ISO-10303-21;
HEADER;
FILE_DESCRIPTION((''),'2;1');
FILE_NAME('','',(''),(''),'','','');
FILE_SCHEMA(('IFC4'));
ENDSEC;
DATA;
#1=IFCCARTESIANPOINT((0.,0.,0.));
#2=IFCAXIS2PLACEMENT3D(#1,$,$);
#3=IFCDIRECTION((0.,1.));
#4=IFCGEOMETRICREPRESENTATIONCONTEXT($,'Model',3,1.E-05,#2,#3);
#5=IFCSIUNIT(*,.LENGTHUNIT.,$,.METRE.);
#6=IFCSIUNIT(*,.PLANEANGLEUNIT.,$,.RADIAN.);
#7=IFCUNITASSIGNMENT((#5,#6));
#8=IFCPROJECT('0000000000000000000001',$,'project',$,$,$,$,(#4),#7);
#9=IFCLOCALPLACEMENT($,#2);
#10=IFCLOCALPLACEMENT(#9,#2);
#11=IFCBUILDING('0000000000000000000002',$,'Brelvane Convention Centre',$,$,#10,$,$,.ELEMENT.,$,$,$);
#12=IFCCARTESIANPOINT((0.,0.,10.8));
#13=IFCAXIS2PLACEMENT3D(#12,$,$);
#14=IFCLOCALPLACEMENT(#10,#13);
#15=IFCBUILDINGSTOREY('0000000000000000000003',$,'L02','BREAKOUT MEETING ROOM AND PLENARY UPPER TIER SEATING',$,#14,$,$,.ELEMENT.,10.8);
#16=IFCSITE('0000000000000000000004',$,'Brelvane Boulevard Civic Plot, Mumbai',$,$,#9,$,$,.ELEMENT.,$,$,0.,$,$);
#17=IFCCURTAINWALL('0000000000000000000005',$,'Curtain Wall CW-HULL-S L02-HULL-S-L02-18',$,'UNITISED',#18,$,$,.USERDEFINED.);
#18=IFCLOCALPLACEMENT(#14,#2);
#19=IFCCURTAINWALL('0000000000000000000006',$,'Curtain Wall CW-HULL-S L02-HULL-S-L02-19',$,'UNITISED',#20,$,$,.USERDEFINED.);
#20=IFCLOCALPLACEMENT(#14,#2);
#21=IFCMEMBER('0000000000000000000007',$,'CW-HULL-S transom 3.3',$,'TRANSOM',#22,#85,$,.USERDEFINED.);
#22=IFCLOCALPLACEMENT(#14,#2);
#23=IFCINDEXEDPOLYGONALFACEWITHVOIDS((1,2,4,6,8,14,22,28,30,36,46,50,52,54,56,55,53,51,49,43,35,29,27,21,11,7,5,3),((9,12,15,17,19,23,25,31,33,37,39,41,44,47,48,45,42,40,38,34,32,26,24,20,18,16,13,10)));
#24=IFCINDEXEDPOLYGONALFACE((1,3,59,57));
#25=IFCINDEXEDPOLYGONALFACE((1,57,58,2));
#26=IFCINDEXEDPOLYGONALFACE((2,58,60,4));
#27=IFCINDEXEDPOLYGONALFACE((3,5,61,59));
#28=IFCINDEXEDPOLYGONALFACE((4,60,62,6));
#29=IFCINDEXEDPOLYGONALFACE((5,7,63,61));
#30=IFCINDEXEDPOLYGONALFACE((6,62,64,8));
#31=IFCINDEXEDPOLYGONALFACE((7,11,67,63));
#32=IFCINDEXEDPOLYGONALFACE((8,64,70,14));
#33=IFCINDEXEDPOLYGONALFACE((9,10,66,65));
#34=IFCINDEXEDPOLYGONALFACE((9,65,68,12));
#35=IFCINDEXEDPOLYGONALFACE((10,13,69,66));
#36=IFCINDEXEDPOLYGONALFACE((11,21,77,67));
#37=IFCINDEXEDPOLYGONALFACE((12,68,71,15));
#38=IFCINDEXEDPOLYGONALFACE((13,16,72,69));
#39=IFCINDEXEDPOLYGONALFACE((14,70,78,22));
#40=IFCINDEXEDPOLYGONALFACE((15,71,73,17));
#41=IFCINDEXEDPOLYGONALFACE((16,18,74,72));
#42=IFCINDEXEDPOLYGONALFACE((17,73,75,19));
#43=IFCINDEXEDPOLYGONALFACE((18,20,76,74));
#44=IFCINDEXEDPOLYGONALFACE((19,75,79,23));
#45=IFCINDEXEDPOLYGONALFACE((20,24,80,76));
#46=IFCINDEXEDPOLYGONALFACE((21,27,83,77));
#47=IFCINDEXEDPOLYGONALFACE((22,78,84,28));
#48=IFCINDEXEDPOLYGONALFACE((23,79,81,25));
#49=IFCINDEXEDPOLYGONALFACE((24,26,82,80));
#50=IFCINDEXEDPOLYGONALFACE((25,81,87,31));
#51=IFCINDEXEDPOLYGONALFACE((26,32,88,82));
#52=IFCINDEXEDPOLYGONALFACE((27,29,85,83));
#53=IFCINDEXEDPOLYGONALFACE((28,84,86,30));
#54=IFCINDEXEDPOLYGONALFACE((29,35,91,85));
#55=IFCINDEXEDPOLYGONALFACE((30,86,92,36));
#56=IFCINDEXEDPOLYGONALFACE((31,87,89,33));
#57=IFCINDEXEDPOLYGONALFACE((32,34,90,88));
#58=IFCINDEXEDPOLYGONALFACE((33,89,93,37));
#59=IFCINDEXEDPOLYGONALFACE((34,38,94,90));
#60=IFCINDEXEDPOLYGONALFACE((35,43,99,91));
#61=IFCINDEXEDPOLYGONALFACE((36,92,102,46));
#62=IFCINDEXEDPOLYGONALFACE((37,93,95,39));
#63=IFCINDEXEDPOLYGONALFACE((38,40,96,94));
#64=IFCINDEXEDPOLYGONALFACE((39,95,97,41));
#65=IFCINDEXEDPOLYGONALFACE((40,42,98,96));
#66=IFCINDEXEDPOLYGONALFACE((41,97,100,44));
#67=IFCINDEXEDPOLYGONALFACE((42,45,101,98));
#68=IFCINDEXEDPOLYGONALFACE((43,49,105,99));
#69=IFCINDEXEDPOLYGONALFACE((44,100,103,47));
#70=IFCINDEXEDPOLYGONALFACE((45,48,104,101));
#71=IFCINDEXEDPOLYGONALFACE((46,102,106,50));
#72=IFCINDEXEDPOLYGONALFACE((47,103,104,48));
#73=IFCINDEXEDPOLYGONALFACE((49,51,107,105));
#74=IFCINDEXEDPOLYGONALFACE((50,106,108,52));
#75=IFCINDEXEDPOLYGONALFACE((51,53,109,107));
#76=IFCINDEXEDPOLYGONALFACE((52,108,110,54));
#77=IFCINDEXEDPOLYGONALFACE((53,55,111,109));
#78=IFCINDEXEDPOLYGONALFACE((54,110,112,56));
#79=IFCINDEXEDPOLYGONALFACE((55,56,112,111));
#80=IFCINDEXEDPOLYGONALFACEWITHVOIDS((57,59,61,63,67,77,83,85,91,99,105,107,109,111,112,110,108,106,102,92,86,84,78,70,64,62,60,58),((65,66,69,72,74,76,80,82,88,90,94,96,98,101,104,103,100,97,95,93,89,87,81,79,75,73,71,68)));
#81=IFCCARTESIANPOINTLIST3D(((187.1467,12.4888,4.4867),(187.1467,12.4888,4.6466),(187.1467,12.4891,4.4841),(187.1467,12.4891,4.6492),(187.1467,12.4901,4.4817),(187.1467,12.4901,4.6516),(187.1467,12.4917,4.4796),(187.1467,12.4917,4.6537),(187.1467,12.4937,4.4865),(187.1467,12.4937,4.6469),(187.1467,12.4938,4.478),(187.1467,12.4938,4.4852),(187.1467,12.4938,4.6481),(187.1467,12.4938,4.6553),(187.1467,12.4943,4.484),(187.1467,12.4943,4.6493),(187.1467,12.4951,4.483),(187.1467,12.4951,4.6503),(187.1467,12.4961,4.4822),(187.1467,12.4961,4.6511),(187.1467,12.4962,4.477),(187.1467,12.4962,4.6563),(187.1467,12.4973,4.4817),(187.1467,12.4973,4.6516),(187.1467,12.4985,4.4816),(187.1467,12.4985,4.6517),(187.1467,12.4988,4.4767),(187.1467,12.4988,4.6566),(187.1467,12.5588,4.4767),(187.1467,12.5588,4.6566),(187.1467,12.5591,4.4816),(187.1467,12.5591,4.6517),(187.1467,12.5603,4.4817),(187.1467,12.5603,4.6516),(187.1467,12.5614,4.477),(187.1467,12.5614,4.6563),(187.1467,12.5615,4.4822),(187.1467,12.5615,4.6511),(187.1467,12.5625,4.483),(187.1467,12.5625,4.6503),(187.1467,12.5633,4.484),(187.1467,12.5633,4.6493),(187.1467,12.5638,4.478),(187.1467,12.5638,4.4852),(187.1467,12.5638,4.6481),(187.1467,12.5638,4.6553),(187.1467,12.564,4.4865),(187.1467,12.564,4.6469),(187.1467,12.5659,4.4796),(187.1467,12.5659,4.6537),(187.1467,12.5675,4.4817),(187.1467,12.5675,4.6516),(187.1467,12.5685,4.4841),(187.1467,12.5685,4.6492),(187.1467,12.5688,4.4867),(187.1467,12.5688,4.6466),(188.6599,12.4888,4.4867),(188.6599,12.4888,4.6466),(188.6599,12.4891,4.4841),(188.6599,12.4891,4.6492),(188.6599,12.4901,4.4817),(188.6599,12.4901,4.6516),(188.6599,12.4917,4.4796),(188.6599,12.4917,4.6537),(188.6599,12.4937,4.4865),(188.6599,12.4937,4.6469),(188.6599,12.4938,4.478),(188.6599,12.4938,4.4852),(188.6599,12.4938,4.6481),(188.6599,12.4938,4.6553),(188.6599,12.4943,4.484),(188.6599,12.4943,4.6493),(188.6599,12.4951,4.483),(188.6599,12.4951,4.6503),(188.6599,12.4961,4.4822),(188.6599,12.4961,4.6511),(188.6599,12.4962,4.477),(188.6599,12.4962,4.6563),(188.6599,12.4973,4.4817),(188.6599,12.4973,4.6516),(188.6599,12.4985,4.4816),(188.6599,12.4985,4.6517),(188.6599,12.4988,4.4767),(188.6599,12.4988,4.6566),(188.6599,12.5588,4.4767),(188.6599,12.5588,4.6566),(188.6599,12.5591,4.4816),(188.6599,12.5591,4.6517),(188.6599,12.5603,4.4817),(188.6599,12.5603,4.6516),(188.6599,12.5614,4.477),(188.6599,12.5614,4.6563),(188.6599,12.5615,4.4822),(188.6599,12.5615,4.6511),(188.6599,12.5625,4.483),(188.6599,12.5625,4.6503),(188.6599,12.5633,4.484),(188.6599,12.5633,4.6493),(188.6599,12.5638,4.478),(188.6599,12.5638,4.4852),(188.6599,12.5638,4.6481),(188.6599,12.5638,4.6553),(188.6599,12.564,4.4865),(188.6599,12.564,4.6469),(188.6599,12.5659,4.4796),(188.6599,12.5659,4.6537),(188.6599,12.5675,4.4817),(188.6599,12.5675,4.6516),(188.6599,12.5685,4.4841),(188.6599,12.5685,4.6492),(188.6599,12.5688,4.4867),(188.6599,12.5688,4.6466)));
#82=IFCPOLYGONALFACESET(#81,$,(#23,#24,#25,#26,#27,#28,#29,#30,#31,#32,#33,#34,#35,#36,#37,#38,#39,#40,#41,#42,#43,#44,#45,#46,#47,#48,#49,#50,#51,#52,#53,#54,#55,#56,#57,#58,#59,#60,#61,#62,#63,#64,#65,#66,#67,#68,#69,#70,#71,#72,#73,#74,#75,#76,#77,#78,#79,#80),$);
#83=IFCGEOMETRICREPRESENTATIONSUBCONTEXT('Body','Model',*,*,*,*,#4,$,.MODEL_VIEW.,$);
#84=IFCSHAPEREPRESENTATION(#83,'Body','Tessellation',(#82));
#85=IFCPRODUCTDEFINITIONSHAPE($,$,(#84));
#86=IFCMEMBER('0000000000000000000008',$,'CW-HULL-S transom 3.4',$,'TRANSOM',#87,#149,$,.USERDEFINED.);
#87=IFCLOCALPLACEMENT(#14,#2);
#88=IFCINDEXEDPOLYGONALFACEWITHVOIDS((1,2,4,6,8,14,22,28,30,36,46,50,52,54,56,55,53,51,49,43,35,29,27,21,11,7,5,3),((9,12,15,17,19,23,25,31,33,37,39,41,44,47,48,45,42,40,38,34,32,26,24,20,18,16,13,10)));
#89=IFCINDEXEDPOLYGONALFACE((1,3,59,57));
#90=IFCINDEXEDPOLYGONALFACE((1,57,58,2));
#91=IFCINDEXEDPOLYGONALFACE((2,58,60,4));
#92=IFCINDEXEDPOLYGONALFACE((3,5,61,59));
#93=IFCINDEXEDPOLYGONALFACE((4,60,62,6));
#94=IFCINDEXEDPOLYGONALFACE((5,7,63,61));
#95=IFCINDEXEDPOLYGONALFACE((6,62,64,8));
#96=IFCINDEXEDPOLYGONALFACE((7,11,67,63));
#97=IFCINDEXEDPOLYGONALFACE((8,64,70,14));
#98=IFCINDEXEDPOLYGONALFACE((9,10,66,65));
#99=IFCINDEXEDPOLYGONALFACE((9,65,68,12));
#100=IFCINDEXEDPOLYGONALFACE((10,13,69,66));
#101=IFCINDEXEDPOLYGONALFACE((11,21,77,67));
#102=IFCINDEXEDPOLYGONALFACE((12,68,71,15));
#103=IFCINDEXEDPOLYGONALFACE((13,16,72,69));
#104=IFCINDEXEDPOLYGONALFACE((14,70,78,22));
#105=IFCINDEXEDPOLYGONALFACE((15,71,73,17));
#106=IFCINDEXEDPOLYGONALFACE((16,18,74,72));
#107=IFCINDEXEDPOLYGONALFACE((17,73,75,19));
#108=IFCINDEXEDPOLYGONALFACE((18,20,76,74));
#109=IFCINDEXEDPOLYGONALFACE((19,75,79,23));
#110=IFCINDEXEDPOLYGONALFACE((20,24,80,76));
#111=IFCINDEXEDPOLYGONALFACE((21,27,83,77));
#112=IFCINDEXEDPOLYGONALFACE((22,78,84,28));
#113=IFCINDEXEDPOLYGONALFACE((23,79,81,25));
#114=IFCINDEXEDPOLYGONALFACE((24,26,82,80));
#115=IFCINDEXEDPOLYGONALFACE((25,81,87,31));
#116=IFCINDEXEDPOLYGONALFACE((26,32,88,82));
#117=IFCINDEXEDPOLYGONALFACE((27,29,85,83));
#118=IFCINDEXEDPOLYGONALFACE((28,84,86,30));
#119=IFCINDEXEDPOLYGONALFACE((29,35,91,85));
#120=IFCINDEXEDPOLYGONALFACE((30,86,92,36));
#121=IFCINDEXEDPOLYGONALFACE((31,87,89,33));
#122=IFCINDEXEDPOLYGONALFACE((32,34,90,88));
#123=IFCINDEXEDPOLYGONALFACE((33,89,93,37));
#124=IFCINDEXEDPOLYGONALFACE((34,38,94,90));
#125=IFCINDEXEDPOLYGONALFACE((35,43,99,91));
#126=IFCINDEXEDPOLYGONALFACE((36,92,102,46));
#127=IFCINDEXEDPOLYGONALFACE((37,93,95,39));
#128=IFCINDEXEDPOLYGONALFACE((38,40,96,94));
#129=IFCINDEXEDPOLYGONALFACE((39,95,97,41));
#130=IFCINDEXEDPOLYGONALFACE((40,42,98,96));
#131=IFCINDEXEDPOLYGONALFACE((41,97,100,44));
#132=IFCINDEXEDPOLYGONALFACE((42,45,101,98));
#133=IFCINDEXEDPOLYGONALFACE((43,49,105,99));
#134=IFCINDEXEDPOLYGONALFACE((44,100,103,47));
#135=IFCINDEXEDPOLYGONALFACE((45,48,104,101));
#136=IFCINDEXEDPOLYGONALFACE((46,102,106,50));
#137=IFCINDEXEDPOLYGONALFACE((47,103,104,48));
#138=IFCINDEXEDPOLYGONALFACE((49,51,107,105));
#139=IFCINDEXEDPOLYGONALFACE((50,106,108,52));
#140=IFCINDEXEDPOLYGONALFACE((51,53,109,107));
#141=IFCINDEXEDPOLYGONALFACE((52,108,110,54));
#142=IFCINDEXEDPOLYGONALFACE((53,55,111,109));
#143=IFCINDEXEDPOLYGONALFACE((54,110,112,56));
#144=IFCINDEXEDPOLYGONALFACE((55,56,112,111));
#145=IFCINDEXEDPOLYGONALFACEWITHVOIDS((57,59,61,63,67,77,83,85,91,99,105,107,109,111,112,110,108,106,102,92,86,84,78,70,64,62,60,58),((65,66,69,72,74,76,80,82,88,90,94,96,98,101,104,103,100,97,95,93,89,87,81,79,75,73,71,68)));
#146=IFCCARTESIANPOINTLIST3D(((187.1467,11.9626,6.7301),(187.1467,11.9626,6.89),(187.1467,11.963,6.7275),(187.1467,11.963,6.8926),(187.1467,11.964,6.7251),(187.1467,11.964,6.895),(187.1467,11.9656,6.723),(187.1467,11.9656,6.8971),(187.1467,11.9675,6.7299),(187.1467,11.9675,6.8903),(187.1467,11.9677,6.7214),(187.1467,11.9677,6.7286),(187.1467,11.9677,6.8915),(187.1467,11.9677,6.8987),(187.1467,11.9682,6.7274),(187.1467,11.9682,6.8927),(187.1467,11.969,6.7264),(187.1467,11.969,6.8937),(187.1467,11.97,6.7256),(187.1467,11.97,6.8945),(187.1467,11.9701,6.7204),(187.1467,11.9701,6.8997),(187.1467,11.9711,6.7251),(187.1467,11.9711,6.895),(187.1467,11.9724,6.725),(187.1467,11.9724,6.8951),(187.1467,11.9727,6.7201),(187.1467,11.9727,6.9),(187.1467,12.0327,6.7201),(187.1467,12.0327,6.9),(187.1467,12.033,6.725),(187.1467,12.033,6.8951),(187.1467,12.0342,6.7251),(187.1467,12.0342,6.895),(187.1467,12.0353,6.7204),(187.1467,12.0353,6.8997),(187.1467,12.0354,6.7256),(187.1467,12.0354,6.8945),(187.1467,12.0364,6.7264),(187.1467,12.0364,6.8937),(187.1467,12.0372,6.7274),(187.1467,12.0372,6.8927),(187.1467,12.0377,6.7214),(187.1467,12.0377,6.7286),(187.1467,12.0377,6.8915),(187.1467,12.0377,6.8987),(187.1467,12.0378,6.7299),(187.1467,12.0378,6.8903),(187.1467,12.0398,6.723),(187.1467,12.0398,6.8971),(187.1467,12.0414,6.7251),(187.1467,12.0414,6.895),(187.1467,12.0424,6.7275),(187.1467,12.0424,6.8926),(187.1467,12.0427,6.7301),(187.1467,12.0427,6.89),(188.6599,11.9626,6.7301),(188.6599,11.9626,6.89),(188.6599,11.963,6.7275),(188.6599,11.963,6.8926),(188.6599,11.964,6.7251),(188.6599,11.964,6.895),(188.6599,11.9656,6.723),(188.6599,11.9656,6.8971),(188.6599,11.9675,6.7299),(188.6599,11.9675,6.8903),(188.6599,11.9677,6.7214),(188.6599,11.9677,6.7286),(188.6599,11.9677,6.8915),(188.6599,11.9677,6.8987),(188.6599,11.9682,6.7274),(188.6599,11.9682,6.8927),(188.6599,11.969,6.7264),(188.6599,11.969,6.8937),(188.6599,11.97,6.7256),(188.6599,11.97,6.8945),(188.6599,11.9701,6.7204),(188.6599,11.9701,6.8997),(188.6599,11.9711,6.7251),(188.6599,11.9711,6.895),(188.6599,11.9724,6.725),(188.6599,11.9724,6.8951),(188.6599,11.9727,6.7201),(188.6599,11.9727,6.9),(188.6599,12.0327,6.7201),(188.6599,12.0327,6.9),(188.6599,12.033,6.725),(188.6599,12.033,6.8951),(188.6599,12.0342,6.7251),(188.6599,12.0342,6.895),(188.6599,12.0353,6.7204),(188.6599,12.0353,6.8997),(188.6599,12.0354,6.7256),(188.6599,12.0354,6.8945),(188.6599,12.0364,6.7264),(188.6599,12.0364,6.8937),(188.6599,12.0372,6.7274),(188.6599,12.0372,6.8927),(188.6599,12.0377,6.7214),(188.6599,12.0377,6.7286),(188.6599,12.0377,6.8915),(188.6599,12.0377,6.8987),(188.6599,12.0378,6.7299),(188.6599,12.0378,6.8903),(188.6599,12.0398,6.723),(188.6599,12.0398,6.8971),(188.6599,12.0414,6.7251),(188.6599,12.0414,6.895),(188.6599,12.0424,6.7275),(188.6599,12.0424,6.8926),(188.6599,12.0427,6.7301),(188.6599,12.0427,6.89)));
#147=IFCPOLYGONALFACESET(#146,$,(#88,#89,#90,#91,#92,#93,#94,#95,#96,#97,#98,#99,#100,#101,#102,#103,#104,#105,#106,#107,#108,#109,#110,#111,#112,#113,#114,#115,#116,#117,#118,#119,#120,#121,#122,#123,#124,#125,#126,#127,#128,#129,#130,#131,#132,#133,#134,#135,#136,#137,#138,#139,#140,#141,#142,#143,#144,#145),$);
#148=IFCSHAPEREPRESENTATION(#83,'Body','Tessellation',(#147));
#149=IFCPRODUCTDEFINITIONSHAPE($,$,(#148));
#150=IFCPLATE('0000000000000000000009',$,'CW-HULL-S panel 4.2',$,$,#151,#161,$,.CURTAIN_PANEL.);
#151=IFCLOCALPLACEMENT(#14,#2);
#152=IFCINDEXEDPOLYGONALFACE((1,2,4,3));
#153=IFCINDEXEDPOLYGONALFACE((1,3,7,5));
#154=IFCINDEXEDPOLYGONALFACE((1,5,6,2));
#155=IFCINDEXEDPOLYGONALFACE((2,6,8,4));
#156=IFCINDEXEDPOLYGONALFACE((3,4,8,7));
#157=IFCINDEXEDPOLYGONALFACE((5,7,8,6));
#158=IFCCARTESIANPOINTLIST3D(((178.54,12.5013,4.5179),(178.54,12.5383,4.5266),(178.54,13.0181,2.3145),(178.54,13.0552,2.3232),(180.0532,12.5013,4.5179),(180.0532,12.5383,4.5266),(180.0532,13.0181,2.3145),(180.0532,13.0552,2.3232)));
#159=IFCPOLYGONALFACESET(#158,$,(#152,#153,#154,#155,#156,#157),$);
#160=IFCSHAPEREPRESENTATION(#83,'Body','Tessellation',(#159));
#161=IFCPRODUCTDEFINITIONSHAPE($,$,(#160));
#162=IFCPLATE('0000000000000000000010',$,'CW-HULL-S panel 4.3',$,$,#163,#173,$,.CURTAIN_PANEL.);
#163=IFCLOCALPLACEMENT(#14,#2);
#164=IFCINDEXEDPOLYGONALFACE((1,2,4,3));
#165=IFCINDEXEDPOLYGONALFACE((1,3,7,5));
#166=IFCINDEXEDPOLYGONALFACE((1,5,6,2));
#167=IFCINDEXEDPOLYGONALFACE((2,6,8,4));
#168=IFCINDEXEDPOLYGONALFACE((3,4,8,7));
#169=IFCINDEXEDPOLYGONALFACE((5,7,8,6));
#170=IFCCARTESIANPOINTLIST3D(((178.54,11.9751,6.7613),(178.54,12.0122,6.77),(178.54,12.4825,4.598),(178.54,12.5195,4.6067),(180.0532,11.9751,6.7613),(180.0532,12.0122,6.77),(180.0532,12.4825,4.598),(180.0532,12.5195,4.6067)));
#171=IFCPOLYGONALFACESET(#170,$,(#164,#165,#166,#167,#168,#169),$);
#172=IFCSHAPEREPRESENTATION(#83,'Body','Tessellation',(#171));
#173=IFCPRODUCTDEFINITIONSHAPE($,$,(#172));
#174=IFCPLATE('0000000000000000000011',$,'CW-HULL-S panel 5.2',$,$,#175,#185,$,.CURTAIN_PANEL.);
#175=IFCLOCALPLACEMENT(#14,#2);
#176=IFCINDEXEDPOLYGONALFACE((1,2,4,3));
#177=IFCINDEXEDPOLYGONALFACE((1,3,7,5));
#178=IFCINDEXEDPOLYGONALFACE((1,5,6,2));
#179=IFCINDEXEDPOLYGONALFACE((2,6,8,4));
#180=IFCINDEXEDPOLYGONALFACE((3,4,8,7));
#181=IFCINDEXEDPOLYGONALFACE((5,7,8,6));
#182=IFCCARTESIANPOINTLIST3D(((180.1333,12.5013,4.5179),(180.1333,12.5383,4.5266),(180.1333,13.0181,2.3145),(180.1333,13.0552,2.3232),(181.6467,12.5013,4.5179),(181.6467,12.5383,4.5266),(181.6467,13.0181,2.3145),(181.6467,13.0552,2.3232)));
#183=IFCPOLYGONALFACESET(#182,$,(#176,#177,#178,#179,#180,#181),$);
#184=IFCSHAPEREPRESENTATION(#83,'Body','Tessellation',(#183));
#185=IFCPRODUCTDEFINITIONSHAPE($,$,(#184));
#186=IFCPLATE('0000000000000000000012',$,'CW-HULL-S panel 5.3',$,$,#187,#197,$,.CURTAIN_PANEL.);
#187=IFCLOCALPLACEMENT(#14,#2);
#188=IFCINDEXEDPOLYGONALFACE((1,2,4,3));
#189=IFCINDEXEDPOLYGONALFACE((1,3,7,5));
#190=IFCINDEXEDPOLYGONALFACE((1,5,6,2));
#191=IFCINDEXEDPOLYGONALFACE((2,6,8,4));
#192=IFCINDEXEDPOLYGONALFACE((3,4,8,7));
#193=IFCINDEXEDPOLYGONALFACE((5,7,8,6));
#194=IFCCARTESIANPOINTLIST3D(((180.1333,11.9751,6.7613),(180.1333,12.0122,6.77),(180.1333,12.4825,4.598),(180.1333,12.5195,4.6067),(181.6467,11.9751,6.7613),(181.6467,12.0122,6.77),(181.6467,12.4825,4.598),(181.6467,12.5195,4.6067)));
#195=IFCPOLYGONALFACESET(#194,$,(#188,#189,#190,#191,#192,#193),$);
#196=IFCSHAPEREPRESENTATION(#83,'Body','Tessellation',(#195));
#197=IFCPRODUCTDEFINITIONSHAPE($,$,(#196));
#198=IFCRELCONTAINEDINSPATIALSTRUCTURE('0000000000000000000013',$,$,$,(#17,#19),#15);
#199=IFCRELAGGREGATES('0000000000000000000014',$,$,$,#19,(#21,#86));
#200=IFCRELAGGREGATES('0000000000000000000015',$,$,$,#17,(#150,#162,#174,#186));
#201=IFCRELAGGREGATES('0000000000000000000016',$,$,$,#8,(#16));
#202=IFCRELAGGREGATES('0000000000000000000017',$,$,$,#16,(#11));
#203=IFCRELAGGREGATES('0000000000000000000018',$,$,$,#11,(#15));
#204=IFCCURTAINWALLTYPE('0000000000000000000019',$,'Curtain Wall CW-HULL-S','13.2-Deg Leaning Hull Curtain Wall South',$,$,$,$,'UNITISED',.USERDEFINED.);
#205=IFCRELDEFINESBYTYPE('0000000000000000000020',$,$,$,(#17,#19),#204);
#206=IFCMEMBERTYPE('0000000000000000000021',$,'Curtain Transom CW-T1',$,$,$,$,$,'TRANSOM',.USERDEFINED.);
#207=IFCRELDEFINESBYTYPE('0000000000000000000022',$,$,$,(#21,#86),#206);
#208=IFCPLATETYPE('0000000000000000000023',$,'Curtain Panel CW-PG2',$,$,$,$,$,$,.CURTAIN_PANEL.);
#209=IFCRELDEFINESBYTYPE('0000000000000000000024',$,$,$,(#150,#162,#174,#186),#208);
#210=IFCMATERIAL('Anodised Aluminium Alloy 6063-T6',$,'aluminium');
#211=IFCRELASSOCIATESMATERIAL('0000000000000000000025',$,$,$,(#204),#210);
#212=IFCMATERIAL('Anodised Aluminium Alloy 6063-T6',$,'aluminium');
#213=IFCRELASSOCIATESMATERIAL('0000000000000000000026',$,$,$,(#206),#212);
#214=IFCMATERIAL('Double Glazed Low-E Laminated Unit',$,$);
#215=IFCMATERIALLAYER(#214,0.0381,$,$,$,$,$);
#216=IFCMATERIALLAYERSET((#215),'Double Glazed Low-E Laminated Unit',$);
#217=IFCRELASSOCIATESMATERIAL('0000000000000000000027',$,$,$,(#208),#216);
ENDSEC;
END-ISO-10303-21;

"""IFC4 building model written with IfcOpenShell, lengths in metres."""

from ifc_helpers import new_model, si_unit, direction, frame, origin, origin_2d, place, context, subcontext, project, spatial, polyline, hollow_rectangle, outline, extrude, material, layer, layer_set, material_profile, profile_set, type_object, element, aggregate, save


model = new_model("IFC4")

# Units and contexts
model_context = context("Model", 3, precision=1e-05, world=origin(), true_north=direction((0.0, 1.0)))
body_context = subcontext(model_context, "Body", "Model", "MODEL_VIEW")
ifc_project = project(units=[si_unit("LENGTHUNIT", "METRE"), si_unit("PLANEANGLEUNIT", "RADIAN")], contexts=[model_context])

# Site, building, storey
site_placement = place(None, origin())
site = spatial("IfcSite", under=ifc_project, at=site_placement, Name="Brelvane Boulevard Civic Plot, Mumbai", CompositionType="ELEMENT", RefElevation=0.0)
building_placement = place(site_placement, origin())
building = spatial("IfcBuilding", under=site, at=building_placement, Name="Brelvane Convention Centre", CompositionType="ELEMENT")
storey_placement = place(building_placement, frame((0.0, 0.0, 10.8)))
storey = spatial("IfcBuildingStorey", under=building, at=storey_placement, Name="L02", Description="BREAKOUT MEETING ROOM AND PLENARY UPPER TIER SEATING", CompositionType="ELEMENT", Elevation=10.8)

# Curtain walls, members
ifc_material_1 = material(Name="Anodised Aluminium Alloy 6063-T6", Category="aluminium")
curtain_wall_type = type_object("IfcCurtainWallType", Name="Curtain Wall CW-HULL-S", Description="13.2-Deg Leaning Hull Curtain Wall South", ElementType="UNITISED", PredefinedType="USERDEFINED", material=ifc_material_1)
curtain_wall_1_placement = place(storey_placement, origin())
curtain_wall_1 = element("IfcCurtainWall", 1, at=curtain_wall_1_placement, inside=storey, type_object=curtain_wall_type, Name="Curtain Wall CW-HULL-S L02-HULL-S-L02-18", ObjectType="UNITISED", PredefinedType="USERDEFINED")
ifc_material_2 = material(Name="Anodised Aluminium Alloy 6063-T6", Category="aluminium")
ifc_material_profile = material_profile(ifc_material_2, hollow_rectangle(XDim=0.0801, YDim=0.1799, WallThickness=0.0049, InnerFilletRadius=0.0049, OuterFilletRadius=0.01, at=origin_2d()), Name="ALU-T 180x80x5.0")
ifc_profile_set = profile_set([ifc_material_profile], Name="Anodised Aluminium Alloy 6063-T6")
member_type = type_object("IfcMemberType", Name="Curtain Transom CW-T1", ElementType="TRANSOM", PredefinedType="USERDEFINED", material=ifc_profile_set)
curtain_wall_2_placement = place(storey_placement, origin())
curtain_wall_2 = element("IfcCurtainWall", 2, at=curtain_wall_2_placement, inside=storey, type_object=curtain_wall_type, Name="Curtain Wall CW-HULL-S L02-HULL-S-L02-19", ObjectType="UNITISED", PredefinedType="USERDEFINED")
member_1_placement = place(storey_placement, frame((187.1467, 12.5288, 4.5667), z_axis=(1.0, 0.0, 0.0), x_axis=(0.0, 1.0, 0.0)))
member_1 = element("IfcMember", 3, at=member_1_placement, type_object=member_type, Name="CW-HULL-S transom 3.3", ObjectType="TRANSOM", PredefinedType="USERDEFINED", context=body_context, shape_type="SweptSolid", body=[
    extrude(hollow_rectangle(XDim=0.0801, YDim=0.1799, WallThickness=0.0049, InnerFilletRadius=0.0049, OuterFilletRadius=0.01, at=origin_2d()), origin(), (0.0, 0.0, 1.0), 1.5132),
])
member_2_placement = place(storey_placement, frame((187.1467, 12.0027, 6.8101), z_axis=(1.0, 0.0, 0.0), x_axis=(0.0, 1.0, 0.0)))
member_2 = element("IfcMember", 4, at=member_2_placement, type_object=member_type, Name="CW-HULL-S transom 3.4", ObjectType="TRANSOM", PredefinedType="USERDEFINED", context=body_context, shape_type="SweptSolid", body=[
    extrude(hollow_rectangle(XDim=0.0801, YDim=0.1799, WallThickness=0.0049, InnerFilletRadius=0.0049, OuterFilletRadius=0.01, at=origin_2d()), origin(), (0.0, 0.0, 1.0), 1.5132),
])

# Plates
ifc_material_3 = material(Name="Double Glazed Low-E Laminated Unit")
ifc_layer_1 = layer(ifc_material_3, 0.0381)
ifc_layer_set_1 = layer_set([ifc_layer_1], Name="Double Glazed Low-E Laminated Unit")
plate_type_1 = type_object("IfcPlateType", Name="Curtain Panel CW-PG2", PredefinedType="CURTAIN_PANEL", material=ifc_layer_set_1)
plate_1_placement = place(storey_placement, frame((178.54, 13.0552, 2.3232), z_axis=(0.0, 0.973574, 0.228372), x_axis=(1.0, 0.0, 0.0)))
plate_1 = element("IfcPlate", 5, at=plate_1_placement, type_object=plate_type_1, Name="CW-HULL-S panel 4.2", PredefinedType="CURTAIN_PANEL", context=body_context, shape_type="SweptSolid", body=[
    extrude(outline(polyline([(0.0, 0.0), (1.5132, 0.0), (1.5132, -2.2632), (0.0, -2.2632), (0.0, 0.0)])), origin(), (0.0, 0.0, -1.0), 0.0381),
])
plate_2_placement = place(storey_placement, frame((178.54, 12.5195, 4.6067), z_axis=(0.0, 0.973587, 0.228317), x_axis=(1.0, 0.0, 0.0)))
plate_2 = element("IfcPlate", 6, at=plate_2_placement, type_object=plate_type_1, Name="CW-HULL-S panel 4.3", PredefinedType="CURTAIN_PANEL", context=body_context, shape_type="SweptSolid", body=[
    extrude(outline(polyline([(0.0, 0.0), (1.5132, 0.0), (1.5132, -2.222), (0.0, -2.222), (0.0, 0.0)])), origin(), (0.0, 0.0, -1.0), 0.0381),
])
plate_3_placement = place(storey_placement, frame((180.1333, 13.0552, 2.3232), z_axis=(0.0, 0.973574, 0.228372), x_axis=(1.0, 0.0, 0.0)))
plate_3 = element("IfcPlate", 7, at=plate_3_placement, type_object=plate_type_1, Name="CW-HULL-S panel 5.2", PredefinedType="CURTAIN_PANEL", context=body_context, shape_type="SweptSolid", body=[
    extrude(outline(polyline([(0.0, 0.0), (1.5134, 0.0), (1.5134, -2.2632), (0.0, -2.2632), (0.0, 0.0)])), origin(), (0.0, 0.0, -1.0), 0.0381),
])
plate_4_placement = place(storey_placement, frame((180.1333, 12.5195, 4.6067), z_axis=(0.0, 0.973587, 0.228317), x_axis=(1.0, 0.0, 0.0)))
plate_4 = element("IfcPlate", 8, at=plate_4_placement, type_object=plate_type_1, Name="CW-HULL-S panel 5.3", PredefinedType="CURTAIN_PANEL", context=body_context, shape_type="SweptSolid", body=[
    extrude(outline(polyline([(0.0, 0.0), (1.5134, 0.0), (1.5134, -2.222), (0.0, -2.222), (0.0, 0.0)])), origin(), (0.0, 0.0, -1.0), 0.0381),
])
aggregate(curtain_wall_2, [member_1, member_2])
aggregate(curtain_wall_1, [plate_1, plate_2, plate_3, plate_4])

save(model, "model.ifc")
